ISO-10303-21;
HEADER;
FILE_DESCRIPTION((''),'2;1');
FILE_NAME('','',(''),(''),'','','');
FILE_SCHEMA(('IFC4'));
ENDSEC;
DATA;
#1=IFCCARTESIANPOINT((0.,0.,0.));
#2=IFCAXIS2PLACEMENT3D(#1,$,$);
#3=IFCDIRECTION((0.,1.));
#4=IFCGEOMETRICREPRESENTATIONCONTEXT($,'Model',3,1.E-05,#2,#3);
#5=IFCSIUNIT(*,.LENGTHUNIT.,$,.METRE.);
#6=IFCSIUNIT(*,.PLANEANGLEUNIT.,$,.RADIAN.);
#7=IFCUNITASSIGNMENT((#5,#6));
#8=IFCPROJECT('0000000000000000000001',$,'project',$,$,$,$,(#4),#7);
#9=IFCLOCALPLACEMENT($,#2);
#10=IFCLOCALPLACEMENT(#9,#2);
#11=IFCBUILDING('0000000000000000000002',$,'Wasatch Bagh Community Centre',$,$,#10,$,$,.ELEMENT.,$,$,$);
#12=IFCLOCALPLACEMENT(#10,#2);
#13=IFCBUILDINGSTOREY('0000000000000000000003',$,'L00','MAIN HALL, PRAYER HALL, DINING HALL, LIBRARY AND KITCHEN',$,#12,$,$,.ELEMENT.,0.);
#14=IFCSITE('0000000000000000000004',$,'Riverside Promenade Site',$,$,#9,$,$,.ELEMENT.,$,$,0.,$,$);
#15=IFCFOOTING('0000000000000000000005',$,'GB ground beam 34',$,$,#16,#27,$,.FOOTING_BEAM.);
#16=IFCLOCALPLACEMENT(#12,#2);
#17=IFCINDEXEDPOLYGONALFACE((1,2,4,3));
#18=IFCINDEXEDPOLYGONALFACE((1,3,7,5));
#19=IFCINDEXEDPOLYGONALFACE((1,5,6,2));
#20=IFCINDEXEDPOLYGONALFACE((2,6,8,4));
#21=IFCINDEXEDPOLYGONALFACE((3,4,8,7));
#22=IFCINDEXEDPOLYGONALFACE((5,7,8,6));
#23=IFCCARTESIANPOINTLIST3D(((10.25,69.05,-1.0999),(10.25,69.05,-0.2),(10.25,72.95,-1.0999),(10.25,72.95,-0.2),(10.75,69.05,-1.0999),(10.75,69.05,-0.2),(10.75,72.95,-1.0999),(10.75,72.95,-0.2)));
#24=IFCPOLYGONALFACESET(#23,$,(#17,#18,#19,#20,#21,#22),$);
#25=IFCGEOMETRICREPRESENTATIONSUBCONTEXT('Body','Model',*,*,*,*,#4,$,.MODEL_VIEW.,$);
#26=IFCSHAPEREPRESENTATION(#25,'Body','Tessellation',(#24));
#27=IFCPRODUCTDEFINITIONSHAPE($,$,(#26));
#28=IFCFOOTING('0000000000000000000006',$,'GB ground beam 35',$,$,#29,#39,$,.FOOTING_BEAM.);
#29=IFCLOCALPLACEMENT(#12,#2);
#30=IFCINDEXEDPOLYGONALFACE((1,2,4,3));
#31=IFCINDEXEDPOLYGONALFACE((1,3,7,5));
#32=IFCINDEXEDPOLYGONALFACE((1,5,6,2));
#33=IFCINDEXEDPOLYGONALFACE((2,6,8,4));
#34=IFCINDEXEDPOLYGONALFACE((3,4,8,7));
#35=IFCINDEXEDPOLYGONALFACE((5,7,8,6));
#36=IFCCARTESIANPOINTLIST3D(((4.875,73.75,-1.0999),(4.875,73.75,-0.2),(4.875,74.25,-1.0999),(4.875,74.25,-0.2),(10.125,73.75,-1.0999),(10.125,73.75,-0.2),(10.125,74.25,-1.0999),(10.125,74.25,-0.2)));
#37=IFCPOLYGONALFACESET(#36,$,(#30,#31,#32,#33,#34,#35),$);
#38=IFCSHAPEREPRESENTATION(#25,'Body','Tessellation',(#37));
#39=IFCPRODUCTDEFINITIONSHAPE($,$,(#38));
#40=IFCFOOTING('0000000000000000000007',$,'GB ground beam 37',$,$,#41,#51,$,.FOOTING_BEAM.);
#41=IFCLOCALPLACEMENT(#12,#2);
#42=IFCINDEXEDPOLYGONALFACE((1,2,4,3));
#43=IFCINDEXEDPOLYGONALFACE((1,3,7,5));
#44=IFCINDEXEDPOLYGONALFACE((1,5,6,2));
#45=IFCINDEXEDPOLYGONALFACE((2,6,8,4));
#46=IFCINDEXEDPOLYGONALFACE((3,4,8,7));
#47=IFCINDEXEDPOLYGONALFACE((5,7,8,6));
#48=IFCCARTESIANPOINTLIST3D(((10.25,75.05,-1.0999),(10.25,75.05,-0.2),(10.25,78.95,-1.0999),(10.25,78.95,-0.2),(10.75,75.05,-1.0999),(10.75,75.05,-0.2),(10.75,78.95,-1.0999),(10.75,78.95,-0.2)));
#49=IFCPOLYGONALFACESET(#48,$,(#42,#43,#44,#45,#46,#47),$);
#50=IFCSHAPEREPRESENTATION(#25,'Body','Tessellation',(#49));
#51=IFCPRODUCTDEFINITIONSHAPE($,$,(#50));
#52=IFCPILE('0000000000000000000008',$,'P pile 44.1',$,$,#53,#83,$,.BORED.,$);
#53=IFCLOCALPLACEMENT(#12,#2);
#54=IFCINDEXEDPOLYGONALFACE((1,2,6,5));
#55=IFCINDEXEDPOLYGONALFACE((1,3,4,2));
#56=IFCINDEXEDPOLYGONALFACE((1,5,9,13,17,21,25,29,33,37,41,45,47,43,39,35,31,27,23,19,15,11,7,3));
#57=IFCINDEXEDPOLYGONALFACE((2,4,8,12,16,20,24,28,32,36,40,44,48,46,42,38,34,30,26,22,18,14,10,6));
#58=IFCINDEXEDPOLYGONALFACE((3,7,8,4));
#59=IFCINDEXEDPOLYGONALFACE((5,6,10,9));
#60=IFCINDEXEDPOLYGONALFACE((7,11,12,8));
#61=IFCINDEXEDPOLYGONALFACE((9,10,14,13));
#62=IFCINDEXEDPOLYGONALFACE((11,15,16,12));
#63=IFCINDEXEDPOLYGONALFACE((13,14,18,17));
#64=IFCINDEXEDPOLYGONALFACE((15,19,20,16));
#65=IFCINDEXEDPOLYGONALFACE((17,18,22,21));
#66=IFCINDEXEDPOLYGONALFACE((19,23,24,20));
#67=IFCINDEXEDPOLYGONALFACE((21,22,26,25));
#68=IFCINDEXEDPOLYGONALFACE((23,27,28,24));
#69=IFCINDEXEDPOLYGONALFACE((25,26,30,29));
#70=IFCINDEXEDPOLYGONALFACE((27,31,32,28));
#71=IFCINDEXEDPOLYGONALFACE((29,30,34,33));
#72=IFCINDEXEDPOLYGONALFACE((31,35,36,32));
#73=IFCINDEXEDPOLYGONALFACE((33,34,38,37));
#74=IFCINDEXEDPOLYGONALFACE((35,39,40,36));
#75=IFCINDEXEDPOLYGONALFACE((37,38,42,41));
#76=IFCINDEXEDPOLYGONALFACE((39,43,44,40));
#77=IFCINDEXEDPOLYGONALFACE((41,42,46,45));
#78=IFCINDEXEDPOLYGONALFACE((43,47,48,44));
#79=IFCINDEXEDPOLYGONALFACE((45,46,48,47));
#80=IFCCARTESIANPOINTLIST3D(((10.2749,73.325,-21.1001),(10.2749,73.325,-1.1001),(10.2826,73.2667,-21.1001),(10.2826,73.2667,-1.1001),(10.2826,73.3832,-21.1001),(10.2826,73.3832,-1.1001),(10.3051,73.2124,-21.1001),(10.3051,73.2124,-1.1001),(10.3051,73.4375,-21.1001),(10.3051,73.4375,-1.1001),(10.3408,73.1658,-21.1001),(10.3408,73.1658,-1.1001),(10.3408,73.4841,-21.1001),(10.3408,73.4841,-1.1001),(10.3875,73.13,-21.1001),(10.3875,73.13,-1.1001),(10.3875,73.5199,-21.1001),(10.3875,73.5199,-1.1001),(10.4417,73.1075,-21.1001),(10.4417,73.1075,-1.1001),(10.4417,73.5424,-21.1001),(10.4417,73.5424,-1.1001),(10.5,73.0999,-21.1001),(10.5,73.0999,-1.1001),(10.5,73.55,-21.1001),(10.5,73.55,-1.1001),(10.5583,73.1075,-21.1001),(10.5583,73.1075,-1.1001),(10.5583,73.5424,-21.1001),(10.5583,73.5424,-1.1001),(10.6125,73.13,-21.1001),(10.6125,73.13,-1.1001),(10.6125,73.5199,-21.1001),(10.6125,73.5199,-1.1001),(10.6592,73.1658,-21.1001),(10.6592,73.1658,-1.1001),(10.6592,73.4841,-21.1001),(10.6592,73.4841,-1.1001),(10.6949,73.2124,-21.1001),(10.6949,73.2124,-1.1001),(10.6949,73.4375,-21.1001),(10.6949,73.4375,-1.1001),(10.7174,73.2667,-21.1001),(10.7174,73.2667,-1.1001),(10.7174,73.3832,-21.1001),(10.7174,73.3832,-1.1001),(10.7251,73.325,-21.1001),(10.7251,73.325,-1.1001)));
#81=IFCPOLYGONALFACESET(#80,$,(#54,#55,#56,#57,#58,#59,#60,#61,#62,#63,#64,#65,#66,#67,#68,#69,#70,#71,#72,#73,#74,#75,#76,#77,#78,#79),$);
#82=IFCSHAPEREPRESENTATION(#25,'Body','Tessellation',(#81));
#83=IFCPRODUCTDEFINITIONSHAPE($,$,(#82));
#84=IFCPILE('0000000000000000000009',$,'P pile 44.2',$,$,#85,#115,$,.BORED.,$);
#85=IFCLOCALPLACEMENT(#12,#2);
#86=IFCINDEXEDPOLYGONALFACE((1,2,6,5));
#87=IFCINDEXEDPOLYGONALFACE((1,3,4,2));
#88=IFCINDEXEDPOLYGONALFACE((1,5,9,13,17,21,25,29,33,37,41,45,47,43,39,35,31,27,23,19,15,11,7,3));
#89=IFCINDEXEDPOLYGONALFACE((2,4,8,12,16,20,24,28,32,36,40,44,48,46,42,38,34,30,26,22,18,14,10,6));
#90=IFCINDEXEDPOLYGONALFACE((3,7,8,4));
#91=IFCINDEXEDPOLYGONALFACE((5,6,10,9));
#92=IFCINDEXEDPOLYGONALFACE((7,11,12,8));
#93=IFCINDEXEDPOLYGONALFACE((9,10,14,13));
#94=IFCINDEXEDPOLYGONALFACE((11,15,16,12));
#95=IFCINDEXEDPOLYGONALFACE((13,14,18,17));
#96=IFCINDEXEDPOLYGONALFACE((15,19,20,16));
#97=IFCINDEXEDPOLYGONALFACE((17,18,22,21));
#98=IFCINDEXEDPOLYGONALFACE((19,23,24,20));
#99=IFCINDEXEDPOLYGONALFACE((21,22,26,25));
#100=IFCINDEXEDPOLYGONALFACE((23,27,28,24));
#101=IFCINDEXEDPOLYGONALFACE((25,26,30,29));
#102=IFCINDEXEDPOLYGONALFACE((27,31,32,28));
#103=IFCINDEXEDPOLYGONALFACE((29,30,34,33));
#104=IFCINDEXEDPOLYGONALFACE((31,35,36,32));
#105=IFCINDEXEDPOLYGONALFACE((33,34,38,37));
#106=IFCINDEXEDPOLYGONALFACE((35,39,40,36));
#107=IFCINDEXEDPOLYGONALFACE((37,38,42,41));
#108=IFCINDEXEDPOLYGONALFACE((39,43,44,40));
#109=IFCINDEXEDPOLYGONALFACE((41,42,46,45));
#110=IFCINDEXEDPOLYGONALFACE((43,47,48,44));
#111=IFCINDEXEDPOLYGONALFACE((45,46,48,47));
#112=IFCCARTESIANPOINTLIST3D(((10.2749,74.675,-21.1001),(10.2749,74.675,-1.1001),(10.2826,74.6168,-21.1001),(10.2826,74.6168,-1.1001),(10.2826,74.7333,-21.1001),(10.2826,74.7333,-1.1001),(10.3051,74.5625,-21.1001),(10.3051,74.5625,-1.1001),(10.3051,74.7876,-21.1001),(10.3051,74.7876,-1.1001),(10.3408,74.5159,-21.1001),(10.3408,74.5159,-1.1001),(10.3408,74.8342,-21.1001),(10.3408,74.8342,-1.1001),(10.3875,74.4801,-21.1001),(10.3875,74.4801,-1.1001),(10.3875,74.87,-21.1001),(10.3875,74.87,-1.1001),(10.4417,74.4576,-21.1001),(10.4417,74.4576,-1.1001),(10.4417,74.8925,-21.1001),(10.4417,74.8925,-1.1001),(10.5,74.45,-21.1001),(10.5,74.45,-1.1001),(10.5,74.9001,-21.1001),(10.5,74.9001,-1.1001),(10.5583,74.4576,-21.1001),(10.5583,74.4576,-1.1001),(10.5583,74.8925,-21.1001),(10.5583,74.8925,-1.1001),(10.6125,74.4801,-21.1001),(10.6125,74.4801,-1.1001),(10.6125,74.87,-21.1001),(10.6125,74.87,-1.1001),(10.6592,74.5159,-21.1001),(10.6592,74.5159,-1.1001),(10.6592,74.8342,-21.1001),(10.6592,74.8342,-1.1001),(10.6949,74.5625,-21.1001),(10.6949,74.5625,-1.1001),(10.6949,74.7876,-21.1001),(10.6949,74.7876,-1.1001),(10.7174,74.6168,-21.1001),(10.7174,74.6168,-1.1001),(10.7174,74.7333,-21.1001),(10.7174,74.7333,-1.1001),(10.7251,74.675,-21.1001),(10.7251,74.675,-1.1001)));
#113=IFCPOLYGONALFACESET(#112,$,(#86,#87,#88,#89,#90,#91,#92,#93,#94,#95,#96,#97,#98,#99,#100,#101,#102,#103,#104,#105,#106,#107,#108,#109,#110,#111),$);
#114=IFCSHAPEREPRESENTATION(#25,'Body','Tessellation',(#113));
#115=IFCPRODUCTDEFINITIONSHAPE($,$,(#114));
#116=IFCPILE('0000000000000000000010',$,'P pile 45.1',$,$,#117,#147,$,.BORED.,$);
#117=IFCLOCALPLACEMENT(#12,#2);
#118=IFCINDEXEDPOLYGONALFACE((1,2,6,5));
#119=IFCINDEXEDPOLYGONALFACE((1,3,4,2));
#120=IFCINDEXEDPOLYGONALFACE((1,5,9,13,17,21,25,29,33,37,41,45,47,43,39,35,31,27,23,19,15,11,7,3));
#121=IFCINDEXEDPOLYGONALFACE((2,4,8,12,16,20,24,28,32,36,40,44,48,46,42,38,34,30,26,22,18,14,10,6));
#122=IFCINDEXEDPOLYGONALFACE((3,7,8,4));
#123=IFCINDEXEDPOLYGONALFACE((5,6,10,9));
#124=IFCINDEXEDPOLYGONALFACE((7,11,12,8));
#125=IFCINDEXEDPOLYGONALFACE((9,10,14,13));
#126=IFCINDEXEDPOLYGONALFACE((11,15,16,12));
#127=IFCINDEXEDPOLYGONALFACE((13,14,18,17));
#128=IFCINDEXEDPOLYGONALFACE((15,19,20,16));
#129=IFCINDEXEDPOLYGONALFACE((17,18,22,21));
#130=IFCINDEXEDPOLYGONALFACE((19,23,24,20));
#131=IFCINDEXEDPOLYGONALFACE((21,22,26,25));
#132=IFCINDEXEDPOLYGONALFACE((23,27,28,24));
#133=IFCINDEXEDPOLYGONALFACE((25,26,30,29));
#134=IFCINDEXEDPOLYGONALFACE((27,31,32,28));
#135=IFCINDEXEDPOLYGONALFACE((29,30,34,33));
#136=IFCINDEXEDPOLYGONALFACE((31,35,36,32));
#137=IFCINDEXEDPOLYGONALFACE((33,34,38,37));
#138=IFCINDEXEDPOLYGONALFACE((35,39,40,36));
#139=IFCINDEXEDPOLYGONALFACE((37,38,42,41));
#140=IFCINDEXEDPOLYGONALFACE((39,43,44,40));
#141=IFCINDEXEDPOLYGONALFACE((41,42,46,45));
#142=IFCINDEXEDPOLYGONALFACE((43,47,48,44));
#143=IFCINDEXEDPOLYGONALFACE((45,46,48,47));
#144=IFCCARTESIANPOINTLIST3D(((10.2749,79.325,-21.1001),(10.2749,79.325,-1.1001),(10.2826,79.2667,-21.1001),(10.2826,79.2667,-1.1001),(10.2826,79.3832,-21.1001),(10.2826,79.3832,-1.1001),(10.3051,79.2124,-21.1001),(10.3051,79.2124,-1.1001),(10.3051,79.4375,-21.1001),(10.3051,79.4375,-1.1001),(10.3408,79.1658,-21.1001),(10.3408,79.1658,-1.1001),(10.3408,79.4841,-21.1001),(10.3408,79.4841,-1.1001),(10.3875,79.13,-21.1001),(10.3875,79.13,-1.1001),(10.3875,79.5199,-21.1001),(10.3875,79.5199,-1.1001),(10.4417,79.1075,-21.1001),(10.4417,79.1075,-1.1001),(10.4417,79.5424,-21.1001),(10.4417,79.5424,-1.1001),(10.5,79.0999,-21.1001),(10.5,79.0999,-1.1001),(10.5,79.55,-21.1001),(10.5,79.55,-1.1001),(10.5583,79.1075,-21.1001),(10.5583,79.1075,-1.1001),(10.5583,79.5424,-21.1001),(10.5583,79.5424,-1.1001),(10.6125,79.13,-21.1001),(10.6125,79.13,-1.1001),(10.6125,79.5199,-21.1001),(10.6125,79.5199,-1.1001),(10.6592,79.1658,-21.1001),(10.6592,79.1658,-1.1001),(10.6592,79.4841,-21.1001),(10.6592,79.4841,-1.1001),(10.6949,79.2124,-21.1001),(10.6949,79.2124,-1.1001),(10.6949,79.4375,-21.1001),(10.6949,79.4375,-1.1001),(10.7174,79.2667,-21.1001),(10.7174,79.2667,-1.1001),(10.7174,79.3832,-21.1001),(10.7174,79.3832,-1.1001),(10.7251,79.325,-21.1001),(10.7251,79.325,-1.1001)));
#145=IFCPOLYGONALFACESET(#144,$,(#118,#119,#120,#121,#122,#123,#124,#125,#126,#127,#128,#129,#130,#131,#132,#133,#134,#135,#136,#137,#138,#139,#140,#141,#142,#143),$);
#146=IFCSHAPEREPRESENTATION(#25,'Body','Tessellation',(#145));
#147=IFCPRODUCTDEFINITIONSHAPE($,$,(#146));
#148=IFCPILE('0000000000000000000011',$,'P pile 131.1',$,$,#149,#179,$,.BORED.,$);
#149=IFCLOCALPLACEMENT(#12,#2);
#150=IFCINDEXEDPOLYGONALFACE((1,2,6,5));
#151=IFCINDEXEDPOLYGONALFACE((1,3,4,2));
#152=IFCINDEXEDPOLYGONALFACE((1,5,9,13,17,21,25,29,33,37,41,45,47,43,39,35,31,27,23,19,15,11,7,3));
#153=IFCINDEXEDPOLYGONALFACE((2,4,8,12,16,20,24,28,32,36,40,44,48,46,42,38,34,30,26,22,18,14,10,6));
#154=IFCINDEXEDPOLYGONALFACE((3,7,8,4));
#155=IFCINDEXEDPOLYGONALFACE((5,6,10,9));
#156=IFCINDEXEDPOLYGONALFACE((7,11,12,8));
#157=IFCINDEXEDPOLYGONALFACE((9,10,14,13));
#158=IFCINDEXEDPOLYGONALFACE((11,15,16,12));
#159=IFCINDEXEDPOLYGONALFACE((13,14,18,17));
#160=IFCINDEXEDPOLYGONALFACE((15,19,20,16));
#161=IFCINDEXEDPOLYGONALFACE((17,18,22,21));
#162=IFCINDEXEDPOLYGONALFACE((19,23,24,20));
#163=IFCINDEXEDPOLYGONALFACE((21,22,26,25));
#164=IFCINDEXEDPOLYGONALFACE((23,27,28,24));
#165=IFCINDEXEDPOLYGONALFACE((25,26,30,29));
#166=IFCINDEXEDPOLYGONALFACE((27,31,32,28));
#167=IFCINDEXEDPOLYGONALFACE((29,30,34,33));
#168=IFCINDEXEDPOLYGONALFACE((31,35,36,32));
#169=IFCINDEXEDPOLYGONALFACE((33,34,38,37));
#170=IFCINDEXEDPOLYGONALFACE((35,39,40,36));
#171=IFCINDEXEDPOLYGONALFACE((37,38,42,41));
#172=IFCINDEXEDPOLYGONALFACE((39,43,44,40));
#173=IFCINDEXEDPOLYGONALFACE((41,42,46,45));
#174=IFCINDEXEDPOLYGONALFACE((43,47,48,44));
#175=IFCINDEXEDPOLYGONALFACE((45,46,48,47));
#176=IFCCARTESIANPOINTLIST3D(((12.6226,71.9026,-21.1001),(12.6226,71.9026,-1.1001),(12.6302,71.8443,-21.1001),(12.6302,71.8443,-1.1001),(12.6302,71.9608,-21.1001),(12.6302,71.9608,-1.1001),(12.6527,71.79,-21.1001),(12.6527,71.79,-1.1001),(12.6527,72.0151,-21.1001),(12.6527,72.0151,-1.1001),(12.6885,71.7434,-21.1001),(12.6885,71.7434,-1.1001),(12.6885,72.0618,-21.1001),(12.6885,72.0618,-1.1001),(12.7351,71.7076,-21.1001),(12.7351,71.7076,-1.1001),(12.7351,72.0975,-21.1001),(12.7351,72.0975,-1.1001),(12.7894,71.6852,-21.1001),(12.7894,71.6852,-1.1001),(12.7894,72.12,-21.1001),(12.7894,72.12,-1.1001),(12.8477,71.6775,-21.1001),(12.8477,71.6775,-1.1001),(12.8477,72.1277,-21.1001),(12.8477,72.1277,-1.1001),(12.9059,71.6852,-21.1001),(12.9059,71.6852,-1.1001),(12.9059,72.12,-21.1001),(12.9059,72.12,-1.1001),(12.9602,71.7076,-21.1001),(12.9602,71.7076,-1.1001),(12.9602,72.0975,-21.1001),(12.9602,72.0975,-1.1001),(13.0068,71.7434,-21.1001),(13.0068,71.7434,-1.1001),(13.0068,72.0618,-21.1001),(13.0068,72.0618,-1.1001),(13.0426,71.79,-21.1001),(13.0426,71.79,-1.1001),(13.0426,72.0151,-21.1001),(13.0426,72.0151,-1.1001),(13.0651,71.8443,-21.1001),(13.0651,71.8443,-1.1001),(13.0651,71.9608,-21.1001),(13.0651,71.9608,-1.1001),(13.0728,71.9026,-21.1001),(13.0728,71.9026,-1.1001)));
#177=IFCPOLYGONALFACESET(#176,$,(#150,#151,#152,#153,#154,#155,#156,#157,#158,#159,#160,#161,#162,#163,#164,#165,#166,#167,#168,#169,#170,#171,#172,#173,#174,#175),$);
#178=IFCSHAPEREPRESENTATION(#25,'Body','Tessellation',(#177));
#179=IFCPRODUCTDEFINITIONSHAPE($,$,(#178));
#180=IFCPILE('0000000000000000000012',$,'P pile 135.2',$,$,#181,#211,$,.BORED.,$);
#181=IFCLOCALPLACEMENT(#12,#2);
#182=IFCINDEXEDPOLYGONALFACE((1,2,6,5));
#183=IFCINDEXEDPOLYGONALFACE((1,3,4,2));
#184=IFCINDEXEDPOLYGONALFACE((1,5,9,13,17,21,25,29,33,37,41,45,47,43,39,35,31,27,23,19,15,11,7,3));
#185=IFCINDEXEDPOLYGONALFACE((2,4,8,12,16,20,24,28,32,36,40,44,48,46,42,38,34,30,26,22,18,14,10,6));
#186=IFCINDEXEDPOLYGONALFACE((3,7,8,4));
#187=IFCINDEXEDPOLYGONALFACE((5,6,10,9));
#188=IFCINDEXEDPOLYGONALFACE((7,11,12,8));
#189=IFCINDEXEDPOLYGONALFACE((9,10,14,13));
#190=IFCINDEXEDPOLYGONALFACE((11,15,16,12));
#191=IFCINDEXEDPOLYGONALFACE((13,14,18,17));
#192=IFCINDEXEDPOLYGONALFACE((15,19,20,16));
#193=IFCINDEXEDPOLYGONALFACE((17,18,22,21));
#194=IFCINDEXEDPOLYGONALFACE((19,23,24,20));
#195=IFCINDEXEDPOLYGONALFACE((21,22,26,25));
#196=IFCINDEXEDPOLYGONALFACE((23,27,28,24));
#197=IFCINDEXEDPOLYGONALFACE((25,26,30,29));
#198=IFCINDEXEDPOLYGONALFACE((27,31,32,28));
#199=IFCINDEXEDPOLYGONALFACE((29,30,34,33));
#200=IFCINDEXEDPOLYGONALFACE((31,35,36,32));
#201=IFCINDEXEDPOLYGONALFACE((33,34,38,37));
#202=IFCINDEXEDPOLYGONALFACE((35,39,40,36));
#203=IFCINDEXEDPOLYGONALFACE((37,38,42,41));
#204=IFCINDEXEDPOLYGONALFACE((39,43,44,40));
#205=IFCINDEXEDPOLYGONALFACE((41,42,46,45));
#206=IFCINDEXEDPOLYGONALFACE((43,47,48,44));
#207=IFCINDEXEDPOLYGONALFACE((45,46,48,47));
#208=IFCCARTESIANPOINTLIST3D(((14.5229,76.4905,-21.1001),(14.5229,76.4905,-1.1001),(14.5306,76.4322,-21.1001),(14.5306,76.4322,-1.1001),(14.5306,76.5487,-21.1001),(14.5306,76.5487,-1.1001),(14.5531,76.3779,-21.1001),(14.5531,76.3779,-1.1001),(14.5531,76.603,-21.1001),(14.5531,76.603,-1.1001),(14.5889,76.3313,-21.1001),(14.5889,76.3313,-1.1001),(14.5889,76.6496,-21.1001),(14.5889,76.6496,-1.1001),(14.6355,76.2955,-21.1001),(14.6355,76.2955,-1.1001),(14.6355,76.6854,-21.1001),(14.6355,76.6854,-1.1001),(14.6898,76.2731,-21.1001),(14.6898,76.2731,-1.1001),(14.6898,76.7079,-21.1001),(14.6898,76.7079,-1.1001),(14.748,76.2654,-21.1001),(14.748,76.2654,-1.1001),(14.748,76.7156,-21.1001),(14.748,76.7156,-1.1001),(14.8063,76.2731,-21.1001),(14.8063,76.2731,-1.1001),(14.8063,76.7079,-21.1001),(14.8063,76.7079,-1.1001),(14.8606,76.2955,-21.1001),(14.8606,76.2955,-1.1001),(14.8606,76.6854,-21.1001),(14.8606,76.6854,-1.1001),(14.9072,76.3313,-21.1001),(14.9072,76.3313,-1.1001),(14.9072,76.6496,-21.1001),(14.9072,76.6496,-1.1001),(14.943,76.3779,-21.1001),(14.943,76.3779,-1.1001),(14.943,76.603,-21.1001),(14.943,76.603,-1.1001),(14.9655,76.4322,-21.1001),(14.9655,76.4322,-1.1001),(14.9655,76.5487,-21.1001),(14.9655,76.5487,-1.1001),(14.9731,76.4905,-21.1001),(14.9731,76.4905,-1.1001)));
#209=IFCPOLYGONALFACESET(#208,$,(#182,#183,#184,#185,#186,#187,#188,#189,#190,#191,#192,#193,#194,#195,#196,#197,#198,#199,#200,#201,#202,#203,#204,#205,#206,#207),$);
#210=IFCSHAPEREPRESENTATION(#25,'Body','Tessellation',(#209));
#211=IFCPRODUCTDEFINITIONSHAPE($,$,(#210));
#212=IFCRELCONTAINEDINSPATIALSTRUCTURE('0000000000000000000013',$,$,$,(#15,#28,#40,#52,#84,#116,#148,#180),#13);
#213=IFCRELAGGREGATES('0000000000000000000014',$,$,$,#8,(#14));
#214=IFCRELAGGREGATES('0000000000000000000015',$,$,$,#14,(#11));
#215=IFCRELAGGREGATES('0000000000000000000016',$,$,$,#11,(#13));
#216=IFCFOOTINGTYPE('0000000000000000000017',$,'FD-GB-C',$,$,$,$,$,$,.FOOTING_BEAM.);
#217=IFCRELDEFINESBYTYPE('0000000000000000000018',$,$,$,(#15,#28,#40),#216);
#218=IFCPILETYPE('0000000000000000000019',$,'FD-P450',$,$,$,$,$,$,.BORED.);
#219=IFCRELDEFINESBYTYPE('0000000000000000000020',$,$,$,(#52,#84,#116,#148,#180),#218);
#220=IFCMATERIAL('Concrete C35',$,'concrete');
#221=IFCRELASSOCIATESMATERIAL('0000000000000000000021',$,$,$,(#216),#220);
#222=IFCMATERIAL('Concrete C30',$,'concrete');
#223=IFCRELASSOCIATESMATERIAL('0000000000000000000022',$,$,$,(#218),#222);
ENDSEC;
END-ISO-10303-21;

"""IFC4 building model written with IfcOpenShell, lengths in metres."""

from ifc_helpers import new_model, si_unit, direction, frame, origin, origin_2d, place, context, subcontext, project, spatial, rectangle, circle, extrude, material, material_profile, profile_set, type_object, element, save


model = new_model("IFC4")

# Units and contexts
model_context = context("Model", 3, precision=1e-05, world=origin(), true_north=direction((0.0, 1.0)))
body_context = subcontext(model_context, "Body", "Model", "MODEL_VIEW")
ifc_project = project(units=[si_unit("LENGTHUNIT", "METRE"), si_unit("PLANEANGLEUNIT", "RADIAN")], contexts=[model_context])

# Site, building, storey
site_placement = place(None, origin())
site = spatial("IfcSite", under=ifc_project, at=site_placement, Name="Riverside Promenade Site", CompositionType="ELEMENT", RefElevation=0.0)
building_placement = place(site_placement, origin())
building = spatial("IfcBuilding", under=site, at=building_placement, Name="Wasatch Bagh Community Centre", CompositionType="ELEMENT")
storey_placement = place(building_placement, origin())
storey = spatial("IfcBuildingStorey", under=building, at=storey_placement, Name="L00", Description="MAIN HALL, PRAYER HALL, DINING HALL, LIBRARY AND KITCHEN", CompositionType="ELEMENT", Elevation=0.0)

# Footings
ifc_material_1 = material(Name="Concrete C35", Category="concrete")
footing_type_1 = type_object("IfcFootingType", Name="FD-GB-C", PredefinedType="FOOTING_BEAM", material=ifc_material_1)
footing_1_placement = place(storey_placement, frame((10.5, 71.0, -1.0999), z_axis=(0.0, 0.0, 1.0), x_axis=(0.0, 1.0, 0.0)))
element("IfcFooting", 1, at=footing_1_placement, inside=storey, type_object=footing_type_1, Name="GB ground beam 34", PredefinedType="FOOTING_BEAM", context=body_context, shape_type="SweptSolid", body=[
    extrude(rectangle(XDim=3.8999, YDim=0.5, at=origin_2d()), origin(), (0.0, 0.0, 1.0), 0.8999),
])
footing_2_placement = place(storey_placement, frame((7.5, 74.0, -1.0999), z_axis=(0.0, 0.0, 1.0), x_axis=(1.0, 0.0, 0.0)))
element("IfcFooting", 2, at=footing_2_placement, inside=storey, type_object=footing_type_1, Name="GB ground beam 35", PredefinedType="FOOTING_BEAM", context=body_context, shape_type="SweptSolid", body=[
    extrude(rectangle(XDim=5.25, YDim=0.5, at=origin_2d()), origin(), (0.0, 0.0, 1.0), 0.8999),
])
footing_3_placement = place(storey_placement, frame((10.5, 77.0, -1.0999), z_axis=(0.0, 0.0, 1.0), x_axis=(0.0, 1.0, 0.0)))
element("IfcFooting", 3, at=footing_3_placement, inside=storey, type_object=footing_type_1, Name="GB ground beam 37", PredefinedType="FOOTING_BEAM", context=body_context, shape_type="SweptSolid", body=[
    extrude(rectangle(XDim=3.8999, YDim=0.5, at=origin_2d()), origin(), (0.0, 0.0, 1.0), 0.8999),
])

# Piles
ifc_material_2 = material(Name="Concrete C30", Category="concrete")
ifc_material_profile_1 = material_profile(ifc_material_2, circle(Radius=0.2251, at=origin_2d()), Name="RC D450")
ifc_profile_set_1 = profile_set([ifc_material_profile_1], Name="Concrete C30")
pile_type = type_object("IfcPileType", Name="FD-P450", PredefinedType="BORED", material=ifc_profile_set_1)
for number, where, z_axis, x_axis, name in (
    (4, (10.5, 73.325, -1.1001), (0.0, 0.0, -1.0), (1.0, 0.0, 0.0), "P pile 44.1"),
    (5, (10.5, 74.675, -1.1001), (0.0, 0.0, -1.0), (1.0, 0.0, 0.0), "P pile 44.2"),
    (6, (10.5, 79.325, -1.1001), (0.0, 0.0, -1.0), (1.0, 0.0, 0.0), "P pile 45.1"),
    (7, (12.8477, 71.9026, -1.1001), (0.0, 0.0, -1.0), (1.0, 0.0, 0.0), "P pile 131.1"),
    (8, (14.748, 76.4905, -1.1001), (0.0, 0.0, -1.0), (1.0, 0.0, 0.0), "P pile 135.2"),
):
    element("IfcPile", number, at=place(storey_placement, frame(where, z_axis=z_axis, x_axis=x_axis)), inside=storey, type_object=pile_type, Name=name, PredefinedType="BORED", context=body_context, shape_type="SweptSolid", body=[
        extrude(circle(Radius=0.2251, at=origin_2d()), origin(), (0.0, 0.0, 1.0), 20.0),
    ])

save(model, "model.ifc")
